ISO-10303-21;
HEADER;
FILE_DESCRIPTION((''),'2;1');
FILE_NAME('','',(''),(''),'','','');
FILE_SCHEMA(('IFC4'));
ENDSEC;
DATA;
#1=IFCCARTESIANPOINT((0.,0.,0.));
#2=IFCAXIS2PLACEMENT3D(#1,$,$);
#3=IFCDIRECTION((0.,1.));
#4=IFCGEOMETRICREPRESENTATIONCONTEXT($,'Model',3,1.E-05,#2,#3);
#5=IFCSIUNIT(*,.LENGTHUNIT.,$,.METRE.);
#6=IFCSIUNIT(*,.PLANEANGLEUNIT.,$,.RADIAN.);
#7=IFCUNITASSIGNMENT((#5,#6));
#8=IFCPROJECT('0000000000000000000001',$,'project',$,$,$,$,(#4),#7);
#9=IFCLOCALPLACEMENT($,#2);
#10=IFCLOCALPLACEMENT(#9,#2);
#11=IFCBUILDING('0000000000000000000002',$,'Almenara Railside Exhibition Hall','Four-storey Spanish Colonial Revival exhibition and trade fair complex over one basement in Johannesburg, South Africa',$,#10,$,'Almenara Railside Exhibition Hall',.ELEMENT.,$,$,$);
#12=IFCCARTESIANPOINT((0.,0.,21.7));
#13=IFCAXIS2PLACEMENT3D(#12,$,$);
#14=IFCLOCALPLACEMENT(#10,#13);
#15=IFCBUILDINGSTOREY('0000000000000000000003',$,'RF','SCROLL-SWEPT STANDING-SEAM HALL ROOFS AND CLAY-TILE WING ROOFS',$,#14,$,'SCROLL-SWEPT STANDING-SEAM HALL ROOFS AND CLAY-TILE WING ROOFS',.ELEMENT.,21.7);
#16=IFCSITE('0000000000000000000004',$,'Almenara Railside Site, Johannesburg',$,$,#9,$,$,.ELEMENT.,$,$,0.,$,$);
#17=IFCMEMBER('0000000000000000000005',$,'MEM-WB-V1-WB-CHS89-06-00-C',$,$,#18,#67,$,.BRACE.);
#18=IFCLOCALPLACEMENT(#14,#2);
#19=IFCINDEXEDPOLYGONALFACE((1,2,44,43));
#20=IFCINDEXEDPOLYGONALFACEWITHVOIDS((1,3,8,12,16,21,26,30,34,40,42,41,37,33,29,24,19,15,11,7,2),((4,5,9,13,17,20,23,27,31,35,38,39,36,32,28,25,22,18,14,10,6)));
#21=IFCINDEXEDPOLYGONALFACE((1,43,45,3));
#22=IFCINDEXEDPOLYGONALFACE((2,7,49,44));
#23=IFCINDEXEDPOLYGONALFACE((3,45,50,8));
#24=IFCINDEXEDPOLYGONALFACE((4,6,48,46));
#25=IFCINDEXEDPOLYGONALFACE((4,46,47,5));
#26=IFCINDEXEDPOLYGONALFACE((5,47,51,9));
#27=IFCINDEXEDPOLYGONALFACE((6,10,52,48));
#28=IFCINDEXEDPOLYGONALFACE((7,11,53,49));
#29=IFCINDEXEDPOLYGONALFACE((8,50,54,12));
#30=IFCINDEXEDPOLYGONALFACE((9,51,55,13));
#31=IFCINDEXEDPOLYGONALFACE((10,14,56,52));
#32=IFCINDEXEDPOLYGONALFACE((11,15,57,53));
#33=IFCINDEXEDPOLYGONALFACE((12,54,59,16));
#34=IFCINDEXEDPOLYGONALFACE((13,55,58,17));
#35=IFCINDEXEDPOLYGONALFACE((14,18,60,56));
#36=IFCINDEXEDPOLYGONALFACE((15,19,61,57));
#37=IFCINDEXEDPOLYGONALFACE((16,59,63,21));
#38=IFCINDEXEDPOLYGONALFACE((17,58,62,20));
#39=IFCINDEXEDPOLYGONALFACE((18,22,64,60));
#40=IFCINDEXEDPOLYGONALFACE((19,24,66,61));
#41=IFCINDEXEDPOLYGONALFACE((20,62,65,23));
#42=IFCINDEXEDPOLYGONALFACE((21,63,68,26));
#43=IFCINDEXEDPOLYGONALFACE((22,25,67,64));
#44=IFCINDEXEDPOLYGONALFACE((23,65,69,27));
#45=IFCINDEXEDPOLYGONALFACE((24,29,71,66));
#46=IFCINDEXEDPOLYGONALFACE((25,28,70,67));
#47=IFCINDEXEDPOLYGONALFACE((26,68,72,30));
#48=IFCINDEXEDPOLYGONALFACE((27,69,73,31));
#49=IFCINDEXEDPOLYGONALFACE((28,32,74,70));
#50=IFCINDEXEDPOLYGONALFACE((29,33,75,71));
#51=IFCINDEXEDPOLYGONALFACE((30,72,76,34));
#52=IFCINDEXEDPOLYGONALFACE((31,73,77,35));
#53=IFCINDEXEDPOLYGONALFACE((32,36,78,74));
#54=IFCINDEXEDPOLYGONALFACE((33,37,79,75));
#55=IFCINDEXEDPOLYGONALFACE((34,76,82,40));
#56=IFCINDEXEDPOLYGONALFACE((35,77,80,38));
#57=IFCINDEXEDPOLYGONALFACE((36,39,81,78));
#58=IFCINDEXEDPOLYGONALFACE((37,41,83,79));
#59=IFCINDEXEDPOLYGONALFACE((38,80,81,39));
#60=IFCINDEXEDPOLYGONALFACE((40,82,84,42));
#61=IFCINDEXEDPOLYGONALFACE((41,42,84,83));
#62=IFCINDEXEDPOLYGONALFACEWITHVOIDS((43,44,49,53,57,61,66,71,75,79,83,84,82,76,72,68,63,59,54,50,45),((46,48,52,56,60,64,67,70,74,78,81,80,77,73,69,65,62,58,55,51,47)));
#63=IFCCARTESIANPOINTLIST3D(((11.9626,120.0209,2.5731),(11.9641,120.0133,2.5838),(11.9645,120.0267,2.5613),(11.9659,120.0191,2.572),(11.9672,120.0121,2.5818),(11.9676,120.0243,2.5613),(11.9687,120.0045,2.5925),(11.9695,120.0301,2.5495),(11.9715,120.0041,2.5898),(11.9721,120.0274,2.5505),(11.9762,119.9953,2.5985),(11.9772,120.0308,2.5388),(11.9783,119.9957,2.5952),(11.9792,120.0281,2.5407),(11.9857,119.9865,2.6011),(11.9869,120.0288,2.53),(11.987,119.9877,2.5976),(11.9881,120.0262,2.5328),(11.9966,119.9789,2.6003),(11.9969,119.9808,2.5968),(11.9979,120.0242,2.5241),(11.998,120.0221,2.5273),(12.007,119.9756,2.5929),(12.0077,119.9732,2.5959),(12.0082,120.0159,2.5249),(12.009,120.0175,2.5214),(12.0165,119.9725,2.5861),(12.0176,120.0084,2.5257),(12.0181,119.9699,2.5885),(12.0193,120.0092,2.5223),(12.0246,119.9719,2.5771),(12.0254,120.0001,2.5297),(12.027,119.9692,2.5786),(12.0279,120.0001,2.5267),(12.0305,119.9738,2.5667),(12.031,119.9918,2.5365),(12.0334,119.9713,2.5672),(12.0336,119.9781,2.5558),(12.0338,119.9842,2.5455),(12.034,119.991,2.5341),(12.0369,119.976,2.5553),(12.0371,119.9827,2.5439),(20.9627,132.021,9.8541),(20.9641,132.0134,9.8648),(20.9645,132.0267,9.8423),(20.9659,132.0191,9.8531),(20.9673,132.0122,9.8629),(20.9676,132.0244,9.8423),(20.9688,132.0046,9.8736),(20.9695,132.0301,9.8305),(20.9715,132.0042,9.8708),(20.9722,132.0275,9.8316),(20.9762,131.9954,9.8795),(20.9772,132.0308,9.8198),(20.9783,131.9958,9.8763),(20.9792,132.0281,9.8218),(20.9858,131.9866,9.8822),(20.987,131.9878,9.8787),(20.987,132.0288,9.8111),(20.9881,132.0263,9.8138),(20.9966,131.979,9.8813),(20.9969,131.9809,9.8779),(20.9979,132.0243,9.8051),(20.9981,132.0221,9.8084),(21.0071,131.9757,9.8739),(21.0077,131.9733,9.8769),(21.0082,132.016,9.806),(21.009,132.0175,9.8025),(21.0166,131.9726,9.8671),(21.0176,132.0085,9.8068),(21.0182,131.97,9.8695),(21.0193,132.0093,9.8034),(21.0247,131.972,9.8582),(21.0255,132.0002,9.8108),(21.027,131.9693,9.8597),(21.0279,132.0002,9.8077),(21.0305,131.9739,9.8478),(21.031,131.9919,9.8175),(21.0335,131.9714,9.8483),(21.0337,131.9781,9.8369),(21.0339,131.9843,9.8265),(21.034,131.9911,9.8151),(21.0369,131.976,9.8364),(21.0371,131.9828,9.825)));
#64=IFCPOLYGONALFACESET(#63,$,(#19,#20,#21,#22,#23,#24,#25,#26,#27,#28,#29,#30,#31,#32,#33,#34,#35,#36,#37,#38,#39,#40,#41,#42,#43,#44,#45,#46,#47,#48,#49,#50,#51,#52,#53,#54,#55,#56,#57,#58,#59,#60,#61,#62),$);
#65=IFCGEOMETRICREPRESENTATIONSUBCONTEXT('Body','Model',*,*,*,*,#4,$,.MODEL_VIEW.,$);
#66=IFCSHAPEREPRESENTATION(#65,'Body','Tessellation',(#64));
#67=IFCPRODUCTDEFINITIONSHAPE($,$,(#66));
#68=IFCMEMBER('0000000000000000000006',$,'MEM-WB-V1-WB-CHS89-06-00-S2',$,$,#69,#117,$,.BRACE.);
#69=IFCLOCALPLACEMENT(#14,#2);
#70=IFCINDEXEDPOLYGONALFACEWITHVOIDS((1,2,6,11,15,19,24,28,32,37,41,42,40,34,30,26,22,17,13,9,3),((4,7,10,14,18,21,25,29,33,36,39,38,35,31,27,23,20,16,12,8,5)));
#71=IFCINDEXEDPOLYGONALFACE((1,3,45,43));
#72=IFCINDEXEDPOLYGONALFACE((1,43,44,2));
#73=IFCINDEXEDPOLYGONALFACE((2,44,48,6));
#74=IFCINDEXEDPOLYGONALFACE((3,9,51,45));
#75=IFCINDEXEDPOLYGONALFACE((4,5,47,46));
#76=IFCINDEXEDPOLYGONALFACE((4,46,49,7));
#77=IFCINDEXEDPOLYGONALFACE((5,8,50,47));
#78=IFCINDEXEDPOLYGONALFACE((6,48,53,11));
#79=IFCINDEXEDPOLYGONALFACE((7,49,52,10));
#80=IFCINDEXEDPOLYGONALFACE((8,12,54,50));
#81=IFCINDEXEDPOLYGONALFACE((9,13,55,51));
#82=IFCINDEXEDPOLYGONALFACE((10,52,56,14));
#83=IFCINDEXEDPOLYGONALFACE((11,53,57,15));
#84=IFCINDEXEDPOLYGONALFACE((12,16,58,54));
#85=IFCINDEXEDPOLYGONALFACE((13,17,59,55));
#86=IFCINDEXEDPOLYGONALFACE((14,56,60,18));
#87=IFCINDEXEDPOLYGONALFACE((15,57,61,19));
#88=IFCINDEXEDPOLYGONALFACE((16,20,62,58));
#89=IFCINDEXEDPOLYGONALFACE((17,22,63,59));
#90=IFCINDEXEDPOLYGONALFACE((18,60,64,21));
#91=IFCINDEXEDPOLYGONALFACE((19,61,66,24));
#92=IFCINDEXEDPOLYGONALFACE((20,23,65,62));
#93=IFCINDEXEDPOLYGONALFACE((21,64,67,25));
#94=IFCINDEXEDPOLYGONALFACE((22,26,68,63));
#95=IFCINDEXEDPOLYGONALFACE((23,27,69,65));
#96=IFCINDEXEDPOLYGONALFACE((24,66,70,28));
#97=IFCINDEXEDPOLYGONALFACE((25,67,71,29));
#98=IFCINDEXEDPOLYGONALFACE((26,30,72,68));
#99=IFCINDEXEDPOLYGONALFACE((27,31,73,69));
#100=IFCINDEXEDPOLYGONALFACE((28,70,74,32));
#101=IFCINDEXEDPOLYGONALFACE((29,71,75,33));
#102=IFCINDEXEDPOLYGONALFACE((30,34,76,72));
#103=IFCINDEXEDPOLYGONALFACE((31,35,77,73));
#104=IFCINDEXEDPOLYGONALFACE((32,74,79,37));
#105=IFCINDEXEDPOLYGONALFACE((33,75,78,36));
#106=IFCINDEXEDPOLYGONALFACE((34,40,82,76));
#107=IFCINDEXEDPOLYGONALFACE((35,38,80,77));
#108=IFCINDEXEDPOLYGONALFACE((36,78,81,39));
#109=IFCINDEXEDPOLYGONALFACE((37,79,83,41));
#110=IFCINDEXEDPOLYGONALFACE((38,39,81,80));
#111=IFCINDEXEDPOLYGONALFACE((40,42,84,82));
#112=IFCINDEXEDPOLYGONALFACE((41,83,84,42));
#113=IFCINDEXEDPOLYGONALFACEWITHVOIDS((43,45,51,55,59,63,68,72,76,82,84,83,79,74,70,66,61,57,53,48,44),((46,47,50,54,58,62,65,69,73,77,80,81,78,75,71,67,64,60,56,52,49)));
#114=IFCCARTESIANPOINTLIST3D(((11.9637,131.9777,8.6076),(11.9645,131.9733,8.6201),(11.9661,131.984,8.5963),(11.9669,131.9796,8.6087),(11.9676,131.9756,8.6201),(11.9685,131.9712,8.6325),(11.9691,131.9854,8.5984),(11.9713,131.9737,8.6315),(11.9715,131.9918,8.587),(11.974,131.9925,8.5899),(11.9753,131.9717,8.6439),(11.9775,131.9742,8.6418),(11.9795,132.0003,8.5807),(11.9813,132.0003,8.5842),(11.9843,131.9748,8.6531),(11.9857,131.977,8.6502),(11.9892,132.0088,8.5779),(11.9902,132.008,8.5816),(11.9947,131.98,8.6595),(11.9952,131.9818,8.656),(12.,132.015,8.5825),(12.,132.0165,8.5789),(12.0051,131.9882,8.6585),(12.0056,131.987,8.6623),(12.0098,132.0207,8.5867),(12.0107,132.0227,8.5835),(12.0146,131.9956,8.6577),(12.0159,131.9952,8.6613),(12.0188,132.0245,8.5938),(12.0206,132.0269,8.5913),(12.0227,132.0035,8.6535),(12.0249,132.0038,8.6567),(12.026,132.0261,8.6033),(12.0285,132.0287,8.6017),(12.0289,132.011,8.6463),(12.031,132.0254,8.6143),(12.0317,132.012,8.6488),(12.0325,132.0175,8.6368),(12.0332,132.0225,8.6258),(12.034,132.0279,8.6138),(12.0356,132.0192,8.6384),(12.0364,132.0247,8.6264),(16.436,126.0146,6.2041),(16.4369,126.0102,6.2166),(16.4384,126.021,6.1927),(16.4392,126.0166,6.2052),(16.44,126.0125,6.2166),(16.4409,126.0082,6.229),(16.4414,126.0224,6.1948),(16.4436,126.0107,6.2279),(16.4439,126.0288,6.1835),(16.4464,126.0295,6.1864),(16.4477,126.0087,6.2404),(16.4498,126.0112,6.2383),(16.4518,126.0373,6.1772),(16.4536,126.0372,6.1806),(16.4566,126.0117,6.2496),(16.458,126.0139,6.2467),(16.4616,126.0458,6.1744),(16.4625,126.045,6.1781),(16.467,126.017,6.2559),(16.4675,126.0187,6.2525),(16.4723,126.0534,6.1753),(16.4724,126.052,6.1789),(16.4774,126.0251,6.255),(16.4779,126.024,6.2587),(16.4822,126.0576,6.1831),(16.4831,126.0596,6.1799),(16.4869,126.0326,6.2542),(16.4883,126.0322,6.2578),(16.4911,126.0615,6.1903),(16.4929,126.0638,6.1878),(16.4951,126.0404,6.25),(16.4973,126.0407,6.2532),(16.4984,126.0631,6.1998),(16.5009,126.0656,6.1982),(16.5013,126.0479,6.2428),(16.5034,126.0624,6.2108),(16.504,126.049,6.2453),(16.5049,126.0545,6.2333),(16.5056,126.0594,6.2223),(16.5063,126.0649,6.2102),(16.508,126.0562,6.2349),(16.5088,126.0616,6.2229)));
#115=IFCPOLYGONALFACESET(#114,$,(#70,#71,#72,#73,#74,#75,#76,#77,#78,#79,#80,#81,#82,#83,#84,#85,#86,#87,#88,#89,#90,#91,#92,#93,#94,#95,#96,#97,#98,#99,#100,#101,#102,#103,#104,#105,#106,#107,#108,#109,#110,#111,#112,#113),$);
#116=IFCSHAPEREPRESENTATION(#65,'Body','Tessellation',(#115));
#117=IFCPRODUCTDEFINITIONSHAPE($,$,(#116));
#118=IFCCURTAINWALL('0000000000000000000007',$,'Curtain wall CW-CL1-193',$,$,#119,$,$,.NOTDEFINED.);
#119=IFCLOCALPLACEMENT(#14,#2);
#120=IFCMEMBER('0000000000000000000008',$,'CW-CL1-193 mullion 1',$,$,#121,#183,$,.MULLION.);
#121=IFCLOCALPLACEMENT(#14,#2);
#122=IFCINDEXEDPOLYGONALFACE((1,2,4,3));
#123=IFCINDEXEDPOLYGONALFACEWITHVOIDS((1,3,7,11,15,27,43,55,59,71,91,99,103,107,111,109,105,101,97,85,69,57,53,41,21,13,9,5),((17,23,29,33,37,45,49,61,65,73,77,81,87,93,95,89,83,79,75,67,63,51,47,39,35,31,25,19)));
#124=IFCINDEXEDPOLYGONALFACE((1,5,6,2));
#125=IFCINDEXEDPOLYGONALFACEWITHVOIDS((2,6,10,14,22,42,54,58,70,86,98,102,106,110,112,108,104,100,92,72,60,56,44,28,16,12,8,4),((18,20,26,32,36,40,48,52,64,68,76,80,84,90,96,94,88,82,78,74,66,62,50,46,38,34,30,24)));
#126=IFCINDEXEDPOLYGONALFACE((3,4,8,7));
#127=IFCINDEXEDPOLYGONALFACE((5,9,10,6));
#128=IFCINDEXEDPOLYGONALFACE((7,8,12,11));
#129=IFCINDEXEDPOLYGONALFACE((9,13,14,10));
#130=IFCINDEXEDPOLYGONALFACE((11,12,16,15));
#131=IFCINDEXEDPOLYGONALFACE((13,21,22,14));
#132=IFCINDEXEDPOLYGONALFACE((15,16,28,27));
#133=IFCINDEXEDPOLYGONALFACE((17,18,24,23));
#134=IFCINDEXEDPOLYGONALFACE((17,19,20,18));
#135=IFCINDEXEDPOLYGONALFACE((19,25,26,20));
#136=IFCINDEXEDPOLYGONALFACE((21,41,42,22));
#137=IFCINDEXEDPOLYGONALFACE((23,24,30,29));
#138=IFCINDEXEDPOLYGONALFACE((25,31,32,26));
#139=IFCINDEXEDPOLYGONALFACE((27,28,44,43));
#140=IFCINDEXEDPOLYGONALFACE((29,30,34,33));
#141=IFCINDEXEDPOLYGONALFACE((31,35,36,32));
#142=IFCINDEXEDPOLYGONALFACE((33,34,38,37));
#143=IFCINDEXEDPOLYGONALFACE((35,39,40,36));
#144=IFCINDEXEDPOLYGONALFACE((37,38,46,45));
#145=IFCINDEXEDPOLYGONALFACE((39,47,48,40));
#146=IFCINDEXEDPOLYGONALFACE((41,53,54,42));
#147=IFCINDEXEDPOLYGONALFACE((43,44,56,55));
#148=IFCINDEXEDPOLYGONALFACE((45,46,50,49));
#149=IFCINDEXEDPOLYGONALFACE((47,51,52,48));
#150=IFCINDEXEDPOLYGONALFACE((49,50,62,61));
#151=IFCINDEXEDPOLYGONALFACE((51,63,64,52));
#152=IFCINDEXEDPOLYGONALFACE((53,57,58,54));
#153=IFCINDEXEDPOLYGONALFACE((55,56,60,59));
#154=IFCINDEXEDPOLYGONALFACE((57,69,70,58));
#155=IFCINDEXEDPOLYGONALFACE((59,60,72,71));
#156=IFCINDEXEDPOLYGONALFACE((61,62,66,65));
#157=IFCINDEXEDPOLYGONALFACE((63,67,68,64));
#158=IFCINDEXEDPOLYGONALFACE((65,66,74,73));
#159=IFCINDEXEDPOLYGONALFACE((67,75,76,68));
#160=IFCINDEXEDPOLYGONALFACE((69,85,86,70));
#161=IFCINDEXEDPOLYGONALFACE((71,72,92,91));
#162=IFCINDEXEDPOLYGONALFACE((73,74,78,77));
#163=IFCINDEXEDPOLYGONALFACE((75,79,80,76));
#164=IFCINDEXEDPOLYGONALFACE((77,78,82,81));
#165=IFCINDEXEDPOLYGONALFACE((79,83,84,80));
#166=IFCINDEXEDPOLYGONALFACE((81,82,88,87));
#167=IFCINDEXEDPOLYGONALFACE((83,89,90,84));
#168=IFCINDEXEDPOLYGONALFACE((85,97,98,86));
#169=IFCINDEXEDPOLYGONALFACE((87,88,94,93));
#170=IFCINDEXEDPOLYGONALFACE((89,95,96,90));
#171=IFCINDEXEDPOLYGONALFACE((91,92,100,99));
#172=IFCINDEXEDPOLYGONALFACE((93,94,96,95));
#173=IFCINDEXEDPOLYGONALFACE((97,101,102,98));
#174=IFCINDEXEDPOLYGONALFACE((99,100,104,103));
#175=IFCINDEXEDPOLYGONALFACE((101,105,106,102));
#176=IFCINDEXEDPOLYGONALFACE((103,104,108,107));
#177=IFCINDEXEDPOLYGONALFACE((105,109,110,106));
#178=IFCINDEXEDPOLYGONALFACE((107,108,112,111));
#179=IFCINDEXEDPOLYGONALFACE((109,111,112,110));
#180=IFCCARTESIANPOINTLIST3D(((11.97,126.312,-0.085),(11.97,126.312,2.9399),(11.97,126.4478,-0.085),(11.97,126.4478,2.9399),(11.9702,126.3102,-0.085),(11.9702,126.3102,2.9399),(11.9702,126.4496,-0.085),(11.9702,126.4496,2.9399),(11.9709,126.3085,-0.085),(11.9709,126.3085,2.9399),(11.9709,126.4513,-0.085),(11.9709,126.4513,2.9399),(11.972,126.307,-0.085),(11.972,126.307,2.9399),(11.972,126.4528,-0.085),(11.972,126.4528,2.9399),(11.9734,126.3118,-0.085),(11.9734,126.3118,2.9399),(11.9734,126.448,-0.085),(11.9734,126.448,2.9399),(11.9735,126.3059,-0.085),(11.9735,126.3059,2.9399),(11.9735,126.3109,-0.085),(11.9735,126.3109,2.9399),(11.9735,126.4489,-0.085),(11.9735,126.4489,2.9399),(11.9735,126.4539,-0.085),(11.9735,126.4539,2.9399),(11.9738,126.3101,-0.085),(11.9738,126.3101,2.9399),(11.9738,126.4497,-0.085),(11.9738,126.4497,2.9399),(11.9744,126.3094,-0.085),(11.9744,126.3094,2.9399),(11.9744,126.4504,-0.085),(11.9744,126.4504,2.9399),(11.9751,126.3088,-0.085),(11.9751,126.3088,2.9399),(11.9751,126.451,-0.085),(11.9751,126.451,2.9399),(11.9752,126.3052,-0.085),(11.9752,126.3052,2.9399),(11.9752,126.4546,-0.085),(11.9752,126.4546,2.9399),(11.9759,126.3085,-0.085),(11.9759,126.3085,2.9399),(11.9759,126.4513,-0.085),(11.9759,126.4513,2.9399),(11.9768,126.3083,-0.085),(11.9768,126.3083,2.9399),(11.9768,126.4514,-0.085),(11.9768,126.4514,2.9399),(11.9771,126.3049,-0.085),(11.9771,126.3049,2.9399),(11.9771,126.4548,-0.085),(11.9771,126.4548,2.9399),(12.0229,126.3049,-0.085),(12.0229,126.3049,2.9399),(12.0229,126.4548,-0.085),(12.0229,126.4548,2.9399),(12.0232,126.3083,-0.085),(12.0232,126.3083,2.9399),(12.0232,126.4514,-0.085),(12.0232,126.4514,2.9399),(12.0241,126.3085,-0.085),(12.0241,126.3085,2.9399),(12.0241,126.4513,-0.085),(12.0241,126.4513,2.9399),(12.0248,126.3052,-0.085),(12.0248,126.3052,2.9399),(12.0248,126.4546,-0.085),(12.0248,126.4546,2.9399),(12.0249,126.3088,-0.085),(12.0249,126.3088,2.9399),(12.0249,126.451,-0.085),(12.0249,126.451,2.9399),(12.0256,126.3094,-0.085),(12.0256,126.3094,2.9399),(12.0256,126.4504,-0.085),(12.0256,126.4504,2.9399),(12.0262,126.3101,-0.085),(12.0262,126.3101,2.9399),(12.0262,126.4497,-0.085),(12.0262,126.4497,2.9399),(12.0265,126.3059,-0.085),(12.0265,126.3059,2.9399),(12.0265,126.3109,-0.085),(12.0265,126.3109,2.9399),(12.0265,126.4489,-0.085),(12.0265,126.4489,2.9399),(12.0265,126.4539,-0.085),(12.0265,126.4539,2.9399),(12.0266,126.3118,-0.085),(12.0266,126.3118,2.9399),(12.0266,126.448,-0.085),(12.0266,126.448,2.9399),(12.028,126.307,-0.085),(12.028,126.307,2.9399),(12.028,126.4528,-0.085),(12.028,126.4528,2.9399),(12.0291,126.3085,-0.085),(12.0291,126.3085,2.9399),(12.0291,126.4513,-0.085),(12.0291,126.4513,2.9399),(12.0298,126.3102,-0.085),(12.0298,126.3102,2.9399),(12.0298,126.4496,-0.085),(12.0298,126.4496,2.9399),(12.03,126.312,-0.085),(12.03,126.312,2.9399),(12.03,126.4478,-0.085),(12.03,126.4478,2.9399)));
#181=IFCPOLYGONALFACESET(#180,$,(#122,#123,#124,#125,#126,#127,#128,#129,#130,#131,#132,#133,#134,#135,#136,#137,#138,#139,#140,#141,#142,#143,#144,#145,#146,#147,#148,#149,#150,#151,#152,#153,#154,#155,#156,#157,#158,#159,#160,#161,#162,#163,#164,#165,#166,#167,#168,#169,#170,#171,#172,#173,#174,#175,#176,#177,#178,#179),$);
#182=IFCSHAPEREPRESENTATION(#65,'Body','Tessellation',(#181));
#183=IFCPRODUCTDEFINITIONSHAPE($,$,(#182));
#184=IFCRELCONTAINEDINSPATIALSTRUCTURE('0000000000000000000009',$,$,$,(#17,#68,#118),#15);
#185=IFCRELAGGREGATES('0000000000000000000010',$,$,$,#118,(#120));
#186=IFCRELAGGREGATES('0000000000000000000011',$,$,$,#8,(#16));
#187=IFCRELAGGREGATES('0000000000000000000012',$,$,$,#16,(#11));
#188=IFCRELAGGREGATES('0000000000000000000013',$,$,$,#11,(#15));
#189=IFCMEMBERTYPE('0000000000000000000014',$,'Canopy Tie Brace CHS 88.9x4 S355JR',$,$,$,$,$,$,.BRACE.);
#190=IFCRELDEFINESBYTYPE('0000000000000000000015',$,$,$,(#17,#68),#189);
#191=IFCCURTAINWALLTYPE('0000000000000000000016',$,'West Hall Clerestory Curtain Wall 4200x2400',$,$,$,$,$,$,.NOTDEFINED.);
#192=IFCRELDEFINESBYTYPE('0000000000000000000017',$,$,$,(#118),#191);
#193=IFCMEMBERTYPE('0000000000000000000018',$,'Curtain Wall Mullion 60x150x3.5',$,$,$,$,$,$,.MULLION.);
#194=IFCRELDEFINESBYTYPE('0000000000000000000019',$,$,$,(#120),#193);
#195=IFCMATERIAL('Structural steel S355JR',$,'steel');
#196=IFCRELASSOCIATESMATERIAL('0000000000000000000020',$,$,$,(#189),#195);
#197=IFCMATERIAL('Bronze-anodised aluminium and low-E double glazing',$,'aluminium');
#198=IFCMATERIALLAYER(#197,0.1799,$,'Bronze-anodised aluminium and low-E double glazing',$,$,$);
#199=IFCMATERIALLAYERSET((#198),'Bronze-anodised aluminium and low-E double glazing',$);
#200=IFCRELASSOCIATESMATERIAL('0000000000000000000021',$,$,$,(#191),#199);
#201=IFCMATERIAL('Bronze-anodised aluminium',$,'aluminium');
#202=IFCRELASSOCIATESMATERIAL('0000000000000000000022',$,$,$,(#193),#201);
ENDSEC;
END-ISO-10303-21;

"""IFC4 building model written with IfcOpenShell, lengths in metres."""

from ifc_helpers import new_model, si_unit, direction, frame, origin, origin_2d, place, context, subcontext, project, spatial, hollow_rectangle, hollow_circle, extrude, material, layer, layer_set, material_profile, profile_set, type_object, element, aggregate, save


model = new_model("IFC4")

# Units and contexts
model_context = context("Model", 3, precision=1e-05, world=origin(), true_north=direction((0.0, 1.0)))
body_context = subcontext(model_context, "Body", "Model", "MODEL_VIEW")
ifc_project = project(units=[si_unit("LENGTHUNIT", "METRE"), si_unit("PLANEANGLEUNIT", "RADIAN")], contexts=[model_context])

# Site, building, storey
site_placement = place(None, origin())
site = spatial("IfcSite", under=ifc_project, at=site_placement, Name="Almenara Railside Site, Johannesburg", CompositionType="ELEMENT", RefElevation=0.0)
building_placement = place(site_placement, origin())
building = spatial("IfcBuilding", under=site, at=building_placement, Name="Almenara Railside Exhibition Hall", Description="Four-storey Spanish Colonial Revival exhibition and trade fair complex over one basement in Johannesburg, South Africa", LongName="Almenara Railside Exhibition Hall", CompositionType="ELEMENT")
storey_placement = place(building_placement, frame((0.0, 0.0, 21.7)))
storey = spatial("IfcBuildingStorey", under=building, at=storey_placement, Name="RF", Description="SCROLL-SWEPT STANDING-SEAM HALL ROOFS AND CLAY-TILE WING ROOFS", LongName="SCROLL-SWEPT STANDING-SEAM HALL ROOFS AND CLAY-TILE WING ROOFS", CompositionType="ELEMENT", Elevation=21.7)

# Shared definitions
ifc_material_1 = material(Name="Structural steel S355JR", Category="steel")

# Members
ifc_material_profile_1 = material_profile(ifc_material_1, hollow_circle(Radius=0.0444, WallThickness=0.0039, at=origin_2d()), Name="CHS 88.9x4")
ifc_profile_set_1 = profile_set([ifc_material_profile_1], Name="Structural steel S355JR")
member_type_1 = type_object("IfcMemberType", Name="Canopy Tie Brace CHS 88.9x4 S355JR", PredefinedType="BRACE", material=ifc_profile_set_1)
member_1_placement = place(storey_placement, frame((12.0, 120.0, 2.5613), z_axis=(0.539771, 0.719695, 0.436675), x_axis=(-0.8, 0.6, 0.0)))
element("IfcMember", 1, at=member_1_placement, inside=storey, type_object=member_type_1, Name="MEM-WB-V1-WB-CHS89-06-00-C", PredefinedType="BRACE", context=body_context, shape_type="SweptSolid", body=[
    extrude(hollow_circle(Radius=0.0444, WallThickness=0.0039, at=origin_2d()), origin(), (0.0, 0.0, 1.0), 16.6738),
])
member_2_placement = place(storey_placement, frame((16.4724, 126.0369, 6.2166), z_axis=(-0.571051, 0.761391, 0.306894), x_axis=(-0.799996, -0.600005, 0.0)))
element("IfcMember", 2, at=member_2_placement, inside=storey, type_object=member_type_1, Name="MEM-WB-V1-WB-CHS89-06-00-S2", PredefinedType="BRACE", context=body_context, shape_type="SweptSolid", body=[
    extrude(hollow_circle(Radius=0.0444, WallThickness=0.0039, at=origin_2d()), origin(), (0.0, 0.0, 1.0), 7.8318),
])

# Curtain wall, member
ifc_material_2 = material(Name="Bronze-anodised aluminium and low-E double glazing", Category="aluminium")
ifc_layer_1 = layer(ifc_material_2, 0.1799, Name="Bronze-anodised aluminium and low-E double glazing")
ifc_layer_set_1 = layer_set([ifc_layer_1], Name="Bronze-anodised aluminium and low-E double glazing")
curtain_wall_type = type_object("IfcCurtainWallType", Name="West Hall Clerestory Curtain Wall 4200x2400", PredefinedType="NOTDEFINED", material=ifc_layer_set_1)
curtain_wall_1_placement = place(storey_placement, origin())
curtain_wall_1 = element("IfcCurtainWall", 3, at=curtain_wall_1_placement, inside=storey, type_object=curtain_wall_type, Name="Curtain wall CW-CL1-193", PredefinedType="NOTDEFINED")
ifc_material_3 = material(Name="Bronze-anodised aluminium", Category="aluminium")
ifc_material_profile_2 = material_profile(ifc_material_3, hollow_rectangle(XDim=0.0601, YDim=0.1499, WallThickness=0.0034, InnerFilletRadius=0.0034, OuterFilletRadius=0.0071, at=origin_2d()), Name="ALU-MUL 60x150x3.5")
ifc_profile_set_2 = profile_set([ifc_material_profile_2], Name="Bronze-anodised aluminium")
member_type_2 = type_object("IfcMemberType", Name="Curtain Wall Mullion 60x150x3.5", PredefinedType="MULLION", material=ifc_profile_set_2)
member_3_placement = place(storey_placement, frame((12.0, 126.3799, -0.085), z_axis=(0.0, 0.0, 1.0), x_axis=(-1.0, 0.0, 0.0)))
member_3 = element("IfcMember", 4, at=member_3_placement, type_object=member_type_2, Name="CW-CL1-193 mullion 1", PredefinedType="MULLION", context=body_context, shape_type="SweptSolid", body=[
    extrude(hollow_rectangle(XDim=0.0601, YDim=0.1499, WallThickness=0.0034, InnerFilletRadius=0.0034, OuterFilletRadius=0.0071, at=origin_2d()), origin(), (0.0, 0.0, 1.0), 3.0249),
])
aggregate(curtain_wall_1, [member_3])

save(model, "model.ifc")
